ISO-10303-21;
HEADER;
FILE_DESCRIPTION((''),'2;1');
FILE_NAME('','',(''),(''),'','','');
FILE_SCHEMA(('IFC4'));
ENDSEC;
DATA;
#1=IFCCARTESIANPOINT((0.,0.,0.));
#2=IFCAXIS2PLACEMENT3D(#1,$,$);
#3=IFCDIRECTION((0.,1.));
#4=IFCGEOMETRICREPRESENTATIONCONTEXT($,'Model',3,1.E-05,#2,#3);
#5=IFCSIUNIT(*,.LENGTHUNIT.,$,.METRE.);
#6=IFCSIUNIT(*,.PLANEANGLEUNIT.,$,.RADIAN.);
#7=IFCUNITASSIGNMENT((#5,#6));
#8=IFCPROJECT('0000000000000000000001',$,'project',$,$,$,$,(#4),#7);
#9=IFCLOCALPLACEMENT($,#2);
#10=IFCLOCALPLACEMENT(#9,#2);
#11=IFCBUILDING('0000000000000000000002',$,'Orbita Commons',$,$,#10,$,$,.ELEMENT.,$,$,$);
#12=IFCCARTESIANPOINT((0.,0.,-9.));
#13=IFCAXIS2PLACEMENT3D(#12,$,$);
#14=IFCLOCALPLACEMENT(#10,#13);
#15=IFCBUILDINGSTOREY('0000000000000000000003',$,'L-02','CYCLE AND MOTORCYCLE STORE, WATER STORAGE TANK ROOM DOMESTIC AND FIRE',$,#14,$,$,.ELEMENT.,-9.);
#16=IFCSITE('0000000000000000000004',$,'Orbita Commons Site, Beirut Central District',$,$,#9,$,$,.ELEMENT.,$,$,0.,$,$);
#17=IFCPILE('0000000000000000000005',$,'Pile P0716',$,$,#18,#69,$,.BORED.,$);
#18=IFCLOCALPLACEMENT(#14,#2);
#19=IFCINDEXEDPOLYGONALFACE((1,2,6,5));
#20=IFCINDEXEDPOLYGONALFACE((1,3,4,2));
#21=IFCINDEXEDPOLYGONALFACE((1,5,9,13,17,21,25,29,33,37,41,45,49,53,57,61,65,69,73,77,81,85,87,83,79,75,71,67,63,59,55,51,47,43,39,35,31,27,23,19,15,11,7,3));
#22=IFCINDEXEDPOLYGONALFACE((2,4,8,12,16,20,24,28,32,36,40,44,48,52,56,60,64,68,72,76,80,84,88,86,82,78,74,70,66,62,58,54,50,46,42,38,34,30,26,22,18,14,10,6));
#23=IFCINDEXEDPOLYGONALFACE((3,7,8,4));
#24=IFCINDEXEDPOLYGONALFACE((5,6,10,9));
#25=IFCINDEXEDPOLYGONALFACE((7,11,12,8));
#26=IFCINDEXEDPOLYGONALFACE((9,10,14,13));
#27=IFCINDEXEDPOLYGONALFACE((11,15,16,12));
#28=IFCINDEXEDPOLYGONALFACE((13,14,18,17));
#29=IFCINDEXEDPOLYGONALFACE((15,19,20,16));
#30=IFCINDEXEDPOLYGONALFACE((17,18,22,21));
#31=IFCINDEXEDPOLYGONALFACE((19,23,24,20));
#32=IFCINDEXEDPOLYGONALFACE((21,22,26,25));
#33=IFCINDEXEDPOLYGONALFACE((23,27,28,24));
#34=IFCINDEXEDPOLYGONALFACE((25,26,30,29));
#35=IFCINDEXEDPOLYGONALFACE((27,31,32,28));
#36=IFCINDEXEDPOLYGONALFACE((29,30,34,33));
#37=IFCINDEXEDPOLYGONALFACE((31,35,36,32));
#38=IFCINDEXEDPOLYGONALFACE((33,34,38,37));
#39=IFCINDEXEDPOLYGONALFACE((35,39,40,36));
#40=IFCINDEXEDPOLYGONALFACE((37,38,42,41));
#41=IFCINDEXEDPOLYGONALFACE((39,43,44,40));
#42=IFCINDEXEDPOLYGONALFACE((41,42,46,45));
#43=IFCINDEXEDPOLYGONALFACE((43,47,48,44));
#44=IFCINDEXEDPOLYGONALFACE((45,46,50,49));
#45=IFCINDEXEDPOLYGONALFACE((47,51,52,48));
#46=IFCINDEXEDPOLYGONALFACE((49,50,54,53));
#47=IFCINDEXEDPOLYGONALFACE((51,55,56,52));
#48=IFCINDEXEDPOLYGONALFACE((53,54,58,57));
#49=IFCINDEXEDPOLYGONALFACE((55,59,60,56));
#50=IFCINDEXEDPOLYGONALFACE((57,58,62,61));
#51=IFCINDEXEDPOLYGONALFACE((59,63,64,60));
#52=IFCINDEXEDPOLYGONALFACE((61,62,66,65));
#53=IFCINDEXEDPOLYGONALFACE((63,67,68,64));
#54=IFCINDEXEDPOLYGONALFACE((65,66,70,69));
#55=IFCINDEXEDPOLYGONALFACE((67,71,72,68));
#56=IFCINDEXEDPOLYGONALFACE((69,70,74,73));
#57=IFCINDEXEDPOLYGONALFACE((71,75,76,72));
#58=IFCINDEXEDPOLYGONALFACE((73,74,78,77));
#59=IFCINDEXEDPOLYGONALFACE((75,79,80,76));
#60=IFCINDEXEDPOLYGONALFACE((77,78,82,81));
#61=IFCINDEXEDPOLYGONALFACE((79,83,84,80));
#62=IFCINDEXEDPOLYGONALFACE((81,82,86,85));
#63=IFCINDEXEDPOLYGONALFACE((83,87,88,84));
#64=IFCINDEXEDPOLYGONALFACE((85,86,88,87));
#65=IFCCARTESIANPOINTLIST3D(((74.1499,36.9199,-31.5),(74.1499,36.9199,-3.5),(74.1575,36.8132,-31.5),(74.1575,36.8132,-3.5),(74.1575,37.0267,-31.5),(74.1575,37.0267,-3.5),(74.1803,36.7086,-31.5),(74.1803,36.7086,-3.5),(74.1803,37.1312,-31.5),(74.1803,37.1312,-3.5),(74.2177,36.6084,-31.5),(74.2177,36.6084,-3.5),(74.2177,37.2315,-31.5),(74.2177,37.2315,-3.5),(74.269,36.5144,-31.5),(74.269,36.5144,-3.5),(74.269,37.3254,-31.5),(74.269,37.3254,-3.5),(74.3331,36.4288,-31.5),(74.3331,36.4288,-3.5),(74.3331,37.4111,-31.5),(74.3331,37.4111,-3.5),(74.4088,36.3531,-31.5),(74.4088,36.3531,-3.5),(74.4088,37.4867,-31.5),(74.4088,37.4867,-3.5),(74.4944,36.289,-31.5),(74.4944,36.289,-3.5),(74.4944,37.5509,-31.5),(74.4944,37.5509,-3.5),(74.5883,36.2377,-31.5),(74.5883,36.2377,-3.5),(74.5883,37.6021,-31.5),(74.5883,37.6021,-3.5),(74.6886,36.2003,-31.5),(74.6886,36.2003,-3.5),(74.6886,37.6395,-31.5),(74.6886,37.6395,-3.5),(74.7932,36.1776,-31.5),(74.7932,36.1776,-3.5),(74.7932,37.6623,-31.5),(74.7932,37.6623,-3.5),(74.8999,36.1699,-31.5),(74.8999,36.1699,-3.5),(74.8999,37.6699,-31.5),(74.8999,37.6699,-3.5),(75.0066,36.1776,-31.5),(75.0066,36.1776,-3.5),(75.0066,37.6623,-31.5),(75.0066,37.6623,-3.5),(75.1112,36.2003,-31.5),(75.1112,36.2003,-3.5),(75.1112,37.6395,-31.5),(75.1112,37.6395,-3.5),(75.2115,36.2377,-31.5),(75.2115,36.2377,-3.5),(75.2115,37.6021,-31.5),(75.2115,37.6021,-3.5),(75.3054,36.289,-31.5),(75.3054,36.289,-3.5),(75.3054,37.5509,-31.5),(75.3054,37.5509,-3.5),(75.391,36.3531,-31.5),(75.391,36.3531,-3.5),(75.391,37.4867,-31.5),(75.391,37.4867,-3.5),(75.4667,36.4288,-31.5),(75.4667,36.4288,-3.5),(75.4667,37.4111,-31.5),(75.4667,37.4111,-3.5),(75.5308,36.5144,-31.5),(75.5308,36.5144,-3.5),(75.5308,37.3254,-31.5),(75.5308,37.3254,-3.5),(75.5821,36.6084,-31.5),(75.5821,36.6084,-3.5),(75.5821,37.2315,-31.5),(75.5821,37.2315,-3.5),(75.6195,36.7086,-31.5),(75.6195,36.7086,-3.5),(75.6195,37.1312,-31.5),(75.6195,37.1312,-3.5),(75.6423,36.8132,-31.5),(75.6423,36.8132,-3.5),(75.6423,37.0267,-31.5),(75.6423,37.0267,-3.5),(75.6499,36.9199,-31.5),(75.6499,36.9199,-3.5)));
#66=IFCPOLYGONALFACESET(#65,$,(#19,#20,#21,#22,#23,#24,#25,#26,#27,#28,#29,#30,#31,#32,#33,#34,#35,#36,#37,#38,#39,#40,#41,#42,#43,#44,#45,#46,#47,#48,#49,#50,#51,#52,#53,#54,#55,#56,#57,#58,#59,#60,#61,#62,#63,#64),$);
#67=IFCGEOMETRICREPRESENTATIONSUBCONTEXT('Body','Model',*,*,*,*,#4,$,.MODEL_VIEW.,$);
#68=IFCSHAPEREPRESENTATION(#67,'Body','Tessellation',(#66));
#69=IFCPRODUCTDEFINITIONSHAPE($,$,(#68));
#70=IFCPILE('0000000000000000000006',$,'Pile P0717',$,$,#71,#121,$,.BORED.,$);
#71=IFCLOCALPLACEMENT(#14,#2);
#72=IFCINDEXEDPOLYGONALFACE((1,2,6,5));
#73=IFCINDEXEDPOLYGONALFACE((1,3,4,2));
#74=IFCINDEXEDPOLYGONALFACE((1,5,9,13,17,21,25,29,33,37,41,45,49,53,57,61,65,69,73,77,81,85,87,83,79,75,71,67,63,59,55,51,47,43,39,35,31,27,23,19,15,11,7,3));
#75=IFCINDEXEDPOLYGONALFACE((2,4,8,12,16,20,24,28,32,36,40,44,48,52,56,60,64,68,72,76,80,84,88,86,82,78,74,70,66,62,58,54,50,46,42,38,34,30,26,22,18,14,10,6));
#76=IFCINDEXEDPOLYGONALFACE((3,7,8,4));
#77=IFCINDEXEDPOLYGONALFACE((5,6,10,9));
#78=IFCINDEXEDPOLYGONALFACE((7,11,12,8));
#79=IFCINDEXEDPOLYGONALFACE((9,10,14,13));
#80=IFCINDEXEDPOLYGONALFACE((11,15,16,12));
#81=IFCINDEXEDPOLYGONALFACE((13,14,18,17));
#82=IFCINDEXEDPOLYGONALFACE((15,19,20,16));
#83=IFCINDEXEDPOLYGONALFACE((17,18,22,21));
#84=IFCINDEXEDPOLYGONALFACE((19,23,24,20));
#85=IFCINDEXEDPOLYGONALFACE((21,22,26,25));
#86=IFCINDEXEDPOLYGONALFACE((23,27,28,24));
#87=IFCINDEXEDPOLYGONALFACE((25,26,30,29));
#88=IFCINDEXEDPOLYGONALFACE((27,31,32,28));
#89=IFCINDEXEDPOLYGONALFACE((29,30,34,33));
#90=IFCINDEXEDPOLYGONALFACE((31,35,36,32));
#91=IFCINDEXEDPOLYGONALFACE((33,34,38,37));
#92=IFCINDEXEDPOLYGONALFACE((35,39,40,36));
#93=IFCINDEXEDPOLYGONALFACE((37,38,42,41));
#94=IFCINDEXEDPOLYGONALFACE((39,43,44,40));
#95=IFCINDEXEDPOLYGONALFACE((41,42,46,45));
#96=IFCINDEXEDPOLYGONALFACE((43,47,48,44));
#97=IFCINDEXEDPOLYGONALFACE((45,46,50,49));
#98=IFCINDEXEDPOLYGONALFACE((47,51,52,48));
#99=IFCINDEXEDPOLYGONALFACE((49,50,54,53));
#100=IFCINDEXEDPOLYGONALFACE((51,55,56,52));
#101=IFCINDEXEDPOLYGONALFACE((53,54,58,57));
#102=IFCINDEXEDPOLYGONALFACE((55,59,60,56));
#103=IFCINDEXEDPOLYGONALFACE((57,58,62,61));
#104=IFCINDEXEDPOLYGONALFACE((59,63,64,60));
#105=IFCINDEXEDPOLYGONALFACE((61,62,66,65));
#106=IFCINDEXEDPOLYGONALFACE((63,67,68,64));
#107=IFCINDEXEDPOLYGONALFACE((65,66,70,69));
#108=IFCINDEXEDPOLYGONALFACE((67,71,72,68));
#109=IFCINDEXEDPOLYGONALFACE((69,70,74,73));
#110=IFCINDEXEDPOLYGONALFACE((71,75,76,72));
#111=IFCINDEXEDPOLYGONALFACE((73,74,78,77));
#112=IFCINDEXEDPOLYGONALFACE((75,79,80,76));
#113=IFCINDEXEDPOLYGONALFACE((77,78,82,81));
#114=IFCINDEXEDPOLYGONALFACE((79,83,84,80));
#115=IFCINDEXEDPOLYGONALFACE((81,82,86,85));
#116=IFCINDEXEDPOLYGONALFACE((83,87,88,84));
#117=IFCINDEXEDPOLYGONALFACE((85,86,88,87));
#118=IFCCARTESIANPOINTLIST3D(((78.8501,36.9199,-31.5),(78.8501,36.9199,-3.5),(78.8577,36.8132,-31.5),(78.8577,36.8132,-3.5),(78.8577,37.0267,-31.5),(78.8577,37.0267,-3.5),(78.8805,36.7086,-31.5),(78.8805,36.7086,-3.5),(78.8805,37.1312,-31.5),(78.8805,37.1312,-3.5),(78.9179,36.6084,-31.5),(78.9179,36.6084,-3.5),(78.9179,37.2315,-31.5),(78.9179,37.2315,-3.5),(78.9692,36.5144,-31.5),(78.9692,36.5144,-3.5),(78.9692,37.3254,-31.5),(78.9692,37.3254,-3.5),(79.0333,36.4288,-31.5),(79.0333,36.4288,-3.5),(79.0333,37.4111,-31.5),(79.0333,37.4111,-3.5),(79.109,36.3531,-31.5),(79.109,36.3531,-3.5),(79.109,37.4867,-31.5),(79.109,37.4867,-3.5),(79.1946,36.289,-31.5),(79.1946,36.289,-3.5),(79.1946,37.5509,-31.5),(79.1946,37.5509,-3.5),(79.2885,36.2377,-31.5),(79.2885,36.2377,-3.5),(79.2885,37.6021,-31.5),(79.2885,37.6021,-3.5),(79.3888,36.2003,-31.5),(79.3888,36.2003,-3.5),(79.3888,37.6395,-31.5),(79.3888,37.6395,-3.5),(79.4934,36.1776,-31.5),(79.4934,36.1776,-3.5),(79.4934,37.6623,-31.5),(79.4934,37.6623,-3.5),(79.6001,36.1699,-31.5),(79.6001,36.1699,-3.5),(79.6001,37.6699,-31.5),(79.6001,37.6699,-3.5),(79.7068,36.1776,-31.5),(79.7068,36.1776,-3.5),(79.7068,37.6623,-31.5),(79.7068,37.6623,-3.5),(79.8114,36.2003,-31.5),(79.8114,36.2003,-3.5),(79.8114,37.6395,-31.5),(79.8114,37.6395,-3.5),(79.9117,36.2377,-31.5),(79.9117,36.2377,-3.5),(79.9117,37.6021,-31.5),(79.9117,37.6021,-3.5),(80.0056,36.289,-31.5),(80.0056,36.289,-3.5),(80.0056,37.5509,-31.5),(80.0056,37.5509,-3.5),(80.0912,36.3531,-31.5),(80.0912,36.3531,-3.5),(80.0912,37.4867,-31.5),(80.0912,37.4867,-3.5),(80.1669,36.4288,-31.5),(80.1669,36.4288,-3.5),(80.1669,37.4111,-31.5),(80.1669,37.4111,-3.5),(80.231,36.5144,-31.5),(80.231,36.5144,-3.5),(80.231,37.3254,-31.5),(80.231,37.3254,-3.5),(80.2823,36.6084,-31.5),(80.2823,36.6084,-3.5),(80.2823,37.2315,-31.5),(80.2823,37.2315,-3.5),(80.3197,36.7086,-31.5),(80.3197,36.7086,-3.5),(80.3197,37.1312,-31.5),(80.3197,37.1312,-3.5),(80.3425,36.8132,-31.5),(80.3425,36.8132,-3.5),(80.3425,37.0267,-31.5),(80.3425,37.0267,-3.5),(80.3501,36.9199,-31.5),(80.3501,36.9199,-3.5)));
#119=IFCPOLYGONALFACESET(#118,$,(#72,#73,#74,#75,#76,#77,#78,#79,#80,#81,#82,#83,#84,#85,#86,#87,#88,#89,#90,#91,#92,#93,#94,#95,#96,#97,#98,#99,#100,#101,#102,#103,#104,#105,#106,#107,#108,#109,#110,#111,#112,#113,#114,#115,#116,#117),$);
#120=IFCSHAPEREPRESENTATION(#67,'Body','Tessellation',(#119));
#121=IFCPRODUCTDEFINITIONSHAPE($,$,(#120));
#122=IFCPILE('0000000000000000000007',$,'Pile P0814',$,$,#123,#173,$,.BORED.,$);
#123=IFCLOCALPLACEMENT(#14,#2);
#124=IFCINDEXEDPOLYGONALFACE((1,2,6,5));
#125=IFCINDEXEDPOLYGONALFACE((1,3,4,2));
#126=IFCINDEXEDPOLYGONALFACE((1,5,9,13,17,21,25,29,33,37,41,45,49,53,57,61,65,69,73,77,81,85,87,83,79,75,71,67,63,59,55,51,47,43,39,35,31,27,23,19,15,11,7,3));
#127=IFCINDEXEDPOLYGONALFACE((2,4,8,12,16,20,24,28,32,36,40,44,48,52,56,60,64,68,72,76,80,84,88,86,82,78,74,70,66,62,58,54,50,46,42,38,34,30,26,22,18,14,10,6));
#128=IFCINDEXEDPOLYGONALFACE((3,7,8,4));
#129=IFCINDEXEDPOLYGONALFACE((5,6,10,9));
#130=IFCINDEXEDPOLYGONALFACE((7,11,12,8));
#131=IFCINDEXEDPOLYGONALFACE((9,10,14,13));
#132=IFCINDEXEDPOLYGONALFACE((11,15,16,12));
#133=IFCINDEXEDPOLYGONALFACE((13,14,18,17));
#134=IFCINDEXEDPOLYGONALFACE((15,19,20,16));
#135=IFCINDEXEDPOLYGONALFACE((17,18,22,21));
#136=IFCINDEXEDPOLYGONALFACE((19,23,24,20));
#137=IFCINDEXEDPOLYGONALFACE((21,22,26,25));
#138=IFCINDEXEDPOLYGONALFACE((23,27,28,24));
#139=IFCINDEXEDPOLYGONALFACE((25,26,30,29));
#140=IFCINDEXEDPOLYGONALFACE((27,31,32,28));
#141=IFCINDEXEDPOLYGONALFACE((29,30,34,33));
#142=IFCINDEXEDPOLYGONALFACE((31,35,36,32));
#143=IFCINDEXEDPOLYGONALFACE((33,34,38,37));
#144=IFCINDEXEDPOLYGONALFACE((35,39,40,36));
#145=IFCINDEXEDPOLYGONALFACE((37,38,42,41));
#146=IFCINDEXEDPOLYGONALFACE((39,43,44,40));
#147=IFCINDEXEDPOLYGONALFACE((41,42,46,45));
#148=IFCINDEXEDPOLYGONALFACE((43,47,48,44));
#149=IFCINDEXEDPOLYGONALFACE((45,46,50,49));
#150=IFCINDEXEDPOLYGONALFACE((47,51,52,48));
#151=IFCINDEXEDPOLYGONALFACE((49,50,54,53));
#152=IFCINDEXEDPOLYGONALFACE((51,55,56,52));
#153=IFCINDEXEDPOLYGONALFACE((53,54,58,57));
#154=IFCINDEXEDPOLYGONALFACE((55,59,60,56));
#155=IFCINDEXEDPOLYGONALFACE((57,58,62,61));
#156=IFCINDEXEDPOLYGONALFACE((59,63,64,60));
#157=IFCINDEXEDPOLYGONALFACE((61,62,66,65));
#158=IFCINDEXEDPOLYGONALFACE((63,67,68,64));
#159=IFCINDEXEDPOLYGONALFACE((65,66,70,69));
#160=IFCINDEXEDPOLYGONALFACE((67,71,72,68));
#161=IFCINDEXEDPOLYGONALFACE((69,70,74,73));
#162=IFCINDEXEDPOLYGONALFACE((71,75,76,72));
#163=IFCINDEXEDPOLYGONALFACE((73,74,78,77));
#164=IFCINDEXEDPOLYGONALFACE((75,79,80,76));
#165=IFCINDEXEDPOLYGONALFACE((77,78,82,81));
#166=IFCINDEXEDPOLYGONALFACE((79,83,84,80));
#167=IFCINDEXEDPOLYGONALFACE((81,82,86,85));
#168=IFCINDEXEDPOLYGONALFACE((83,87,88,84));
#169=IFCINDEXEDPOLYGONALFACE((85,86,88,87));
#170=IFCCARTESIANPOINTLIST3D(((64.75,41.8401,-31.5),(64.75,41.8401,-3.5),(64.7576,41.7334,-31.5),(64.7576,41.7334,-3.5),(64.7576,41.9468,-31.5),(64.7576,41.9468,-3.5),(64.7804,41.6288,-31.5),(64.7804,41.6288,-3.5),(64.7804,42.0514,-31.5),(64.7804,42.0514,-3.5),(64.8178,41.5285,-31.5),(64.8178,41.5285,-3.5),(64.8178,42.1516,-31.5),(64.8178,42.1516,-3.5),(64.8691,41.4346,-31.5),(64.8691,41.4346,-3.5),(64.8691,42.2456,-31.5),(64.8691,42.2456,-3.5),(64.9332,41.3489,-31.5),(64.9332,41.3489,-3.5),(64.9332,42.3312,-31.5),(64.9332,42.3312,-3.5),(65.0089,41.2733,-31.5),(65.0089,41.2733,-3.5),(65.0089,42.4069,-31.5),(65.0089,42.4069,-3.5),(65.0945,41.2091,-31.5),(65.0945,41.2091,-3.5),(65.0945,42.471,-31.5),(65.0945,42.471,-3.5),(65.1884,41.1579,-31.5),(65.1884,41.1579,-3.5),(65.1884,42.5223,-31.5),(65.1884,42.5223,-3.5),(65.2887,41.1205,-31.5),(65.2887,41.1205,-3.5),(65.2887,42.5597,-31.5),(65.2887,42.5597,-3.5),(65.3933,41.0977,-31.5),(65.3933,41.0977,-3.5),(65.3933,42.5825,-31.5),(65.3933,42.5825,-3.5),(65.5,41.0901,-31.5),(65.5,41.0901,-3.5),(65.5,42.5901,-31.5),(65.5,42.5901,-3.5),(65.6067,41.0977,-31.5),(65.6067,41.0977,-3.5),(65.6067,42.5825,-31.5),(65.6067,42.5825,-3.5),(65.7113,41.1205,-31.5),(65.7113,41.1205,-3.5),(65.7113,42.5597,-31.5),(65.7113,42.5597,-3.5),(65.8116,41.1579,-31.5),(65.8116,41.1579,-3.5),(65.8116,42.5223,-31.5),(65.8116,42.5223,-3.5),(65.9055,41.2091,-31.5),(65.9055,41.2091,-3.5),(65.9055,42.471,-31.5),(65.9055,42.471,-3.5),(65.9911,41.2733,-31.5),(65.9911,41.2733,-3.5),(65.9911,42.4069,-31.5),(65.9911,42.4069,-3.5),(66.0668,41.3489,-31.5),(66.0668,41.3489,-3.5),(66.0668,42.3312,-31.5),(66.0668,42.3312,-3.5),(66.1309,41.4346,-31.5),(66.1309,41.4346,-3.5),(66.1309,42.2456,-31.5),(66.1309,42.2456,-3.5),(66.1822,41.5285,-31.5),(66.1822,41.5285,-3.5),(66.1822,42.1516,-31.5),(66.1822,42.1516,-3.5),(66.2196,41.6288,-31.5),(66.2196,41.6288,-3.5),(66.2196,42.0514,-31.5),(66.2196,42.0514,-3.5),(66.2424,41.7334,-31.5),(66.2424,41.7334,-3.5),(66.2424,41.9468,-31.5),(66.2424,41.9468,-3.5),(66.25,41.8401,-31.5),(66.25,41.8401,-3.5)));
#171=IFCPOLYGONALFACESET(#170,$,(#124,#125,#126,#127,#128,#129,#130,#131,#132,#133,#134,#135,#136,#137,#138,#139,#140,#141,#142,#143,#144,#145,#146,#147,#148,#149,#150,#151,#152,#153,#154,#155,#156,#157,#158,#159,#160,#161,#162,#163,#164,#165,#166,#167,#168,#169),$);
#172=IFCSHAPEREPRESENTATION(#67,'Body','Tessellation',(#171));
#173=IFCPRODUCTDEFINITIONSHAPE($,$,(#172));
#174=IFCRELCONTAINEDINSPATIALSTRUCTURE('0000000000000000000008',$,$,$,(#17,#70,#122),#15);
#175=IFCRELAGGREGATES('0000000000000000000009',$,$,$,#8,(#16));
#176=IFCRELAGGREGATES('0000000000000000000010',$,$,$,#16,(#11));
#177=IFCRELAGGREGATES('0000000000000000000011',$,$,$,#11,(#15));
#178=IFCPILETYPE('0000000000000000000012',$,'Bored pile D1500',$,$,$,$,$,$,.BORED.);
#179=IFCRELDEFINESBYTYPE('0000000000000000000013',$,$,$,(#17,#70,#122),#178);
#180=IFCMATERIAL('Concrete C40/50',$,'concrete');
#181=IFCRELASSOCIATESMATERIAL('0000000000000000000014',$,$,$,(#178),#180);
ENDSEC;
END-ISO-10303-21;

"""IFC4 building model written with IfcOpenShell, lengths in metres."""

from ifc_helpers import new_model, si_unit, direction, frame, origin, origin_2d, place, context, subcontext, project, spatial, circle, extrude, material, material_profile, profile_set, type_object, element, save


model = new_model("IFC4")

# Units and contexts
model_context = context("Model", 3, precision=1e-05, world=origin(), true_north=direction((0.0, 1.0)))
body_context = subcontext(model_context, "Body", "Model", "MODEL_VIEW")
ifc_project = project(units=[si_unit("LENGTHUNIT", "METRE"), si_unit("PLANEANGLEUNIT", "RADIAN")], contexts=[model_context])

# Site, building, storey
site_placement = place(None, origin())
site = spatial("IfcSite", under=ifc_project, at=site_placement, Name="Orbita Commons Site, Beirut Central District", CompositionType="ELEMENT", RefElevation=0.0)
building_placement = place(site_placement, origin())
building = spatial("IfcBuilding", under=site, at=building_placement, Name="Orbita Commons", CompositionType="ELEMENT")
storey_placement = place(building_placement, frame((0.0, 0.0, -9.0)))
storey = spatial("IfcBuildingStorey", under=building, at=storey_placement, Name="L-02", Description="CYCLE AND MOTORCYCLE STORE, WATER STORAGE TANK ROOM DOMESTIC AND FIRE", CompositionType="ELEMENT", Elevation=-9.0)

# Piles
ifc_material_1 = material(Name="Concrete C40/50", Category="concrete")
ifc_material_profile_1 = material_profile(ifc_material_1, circle(Radius=0.75, at=origin_2d()), Name="RC D1500")
ifc_profile_set_1 = profile_set([ifc_material_profile_1], Name="Concrete C40/50")
pile_type = type_object("IfcPileType", Name="Bored pile D1500", PredefinedType="BORED", material=ifc_profile_set_1)
for number, where, z_axis, x_axis, name in (
    (1, (74.8999, 36.9199, -3.5), (0.0, 0.0, -1.0), (1.0, 0.0, 0.0), "Pile P0716"),
    (2, (79.6001, 36.9199, -3.5), (0.0, 0.0, -1.0), (1.0, 0.0, 0.0), "Pile P0717"),
    (3, (65.5, 41.8401, -3.5), (0.0, 0.0, -1.0), (1.0, 0.0, 0.0), "Pile P0814"),
):
    element("IfcPile", number, at=place(storey_placement, frame(where, z_axis=z_axis, x_axis=x_axis)), inside=storey, type_object=pile_type, Name=name, PredefinedType="BORED", context=body_context, shape_type="SweptSolid", body=[
        extrude(circle(Radius=0.75, at=origin_2d()), origin(), (0.0, 0.0, 1.0), 28.0),
    ])

save(model, "model.ifc")
